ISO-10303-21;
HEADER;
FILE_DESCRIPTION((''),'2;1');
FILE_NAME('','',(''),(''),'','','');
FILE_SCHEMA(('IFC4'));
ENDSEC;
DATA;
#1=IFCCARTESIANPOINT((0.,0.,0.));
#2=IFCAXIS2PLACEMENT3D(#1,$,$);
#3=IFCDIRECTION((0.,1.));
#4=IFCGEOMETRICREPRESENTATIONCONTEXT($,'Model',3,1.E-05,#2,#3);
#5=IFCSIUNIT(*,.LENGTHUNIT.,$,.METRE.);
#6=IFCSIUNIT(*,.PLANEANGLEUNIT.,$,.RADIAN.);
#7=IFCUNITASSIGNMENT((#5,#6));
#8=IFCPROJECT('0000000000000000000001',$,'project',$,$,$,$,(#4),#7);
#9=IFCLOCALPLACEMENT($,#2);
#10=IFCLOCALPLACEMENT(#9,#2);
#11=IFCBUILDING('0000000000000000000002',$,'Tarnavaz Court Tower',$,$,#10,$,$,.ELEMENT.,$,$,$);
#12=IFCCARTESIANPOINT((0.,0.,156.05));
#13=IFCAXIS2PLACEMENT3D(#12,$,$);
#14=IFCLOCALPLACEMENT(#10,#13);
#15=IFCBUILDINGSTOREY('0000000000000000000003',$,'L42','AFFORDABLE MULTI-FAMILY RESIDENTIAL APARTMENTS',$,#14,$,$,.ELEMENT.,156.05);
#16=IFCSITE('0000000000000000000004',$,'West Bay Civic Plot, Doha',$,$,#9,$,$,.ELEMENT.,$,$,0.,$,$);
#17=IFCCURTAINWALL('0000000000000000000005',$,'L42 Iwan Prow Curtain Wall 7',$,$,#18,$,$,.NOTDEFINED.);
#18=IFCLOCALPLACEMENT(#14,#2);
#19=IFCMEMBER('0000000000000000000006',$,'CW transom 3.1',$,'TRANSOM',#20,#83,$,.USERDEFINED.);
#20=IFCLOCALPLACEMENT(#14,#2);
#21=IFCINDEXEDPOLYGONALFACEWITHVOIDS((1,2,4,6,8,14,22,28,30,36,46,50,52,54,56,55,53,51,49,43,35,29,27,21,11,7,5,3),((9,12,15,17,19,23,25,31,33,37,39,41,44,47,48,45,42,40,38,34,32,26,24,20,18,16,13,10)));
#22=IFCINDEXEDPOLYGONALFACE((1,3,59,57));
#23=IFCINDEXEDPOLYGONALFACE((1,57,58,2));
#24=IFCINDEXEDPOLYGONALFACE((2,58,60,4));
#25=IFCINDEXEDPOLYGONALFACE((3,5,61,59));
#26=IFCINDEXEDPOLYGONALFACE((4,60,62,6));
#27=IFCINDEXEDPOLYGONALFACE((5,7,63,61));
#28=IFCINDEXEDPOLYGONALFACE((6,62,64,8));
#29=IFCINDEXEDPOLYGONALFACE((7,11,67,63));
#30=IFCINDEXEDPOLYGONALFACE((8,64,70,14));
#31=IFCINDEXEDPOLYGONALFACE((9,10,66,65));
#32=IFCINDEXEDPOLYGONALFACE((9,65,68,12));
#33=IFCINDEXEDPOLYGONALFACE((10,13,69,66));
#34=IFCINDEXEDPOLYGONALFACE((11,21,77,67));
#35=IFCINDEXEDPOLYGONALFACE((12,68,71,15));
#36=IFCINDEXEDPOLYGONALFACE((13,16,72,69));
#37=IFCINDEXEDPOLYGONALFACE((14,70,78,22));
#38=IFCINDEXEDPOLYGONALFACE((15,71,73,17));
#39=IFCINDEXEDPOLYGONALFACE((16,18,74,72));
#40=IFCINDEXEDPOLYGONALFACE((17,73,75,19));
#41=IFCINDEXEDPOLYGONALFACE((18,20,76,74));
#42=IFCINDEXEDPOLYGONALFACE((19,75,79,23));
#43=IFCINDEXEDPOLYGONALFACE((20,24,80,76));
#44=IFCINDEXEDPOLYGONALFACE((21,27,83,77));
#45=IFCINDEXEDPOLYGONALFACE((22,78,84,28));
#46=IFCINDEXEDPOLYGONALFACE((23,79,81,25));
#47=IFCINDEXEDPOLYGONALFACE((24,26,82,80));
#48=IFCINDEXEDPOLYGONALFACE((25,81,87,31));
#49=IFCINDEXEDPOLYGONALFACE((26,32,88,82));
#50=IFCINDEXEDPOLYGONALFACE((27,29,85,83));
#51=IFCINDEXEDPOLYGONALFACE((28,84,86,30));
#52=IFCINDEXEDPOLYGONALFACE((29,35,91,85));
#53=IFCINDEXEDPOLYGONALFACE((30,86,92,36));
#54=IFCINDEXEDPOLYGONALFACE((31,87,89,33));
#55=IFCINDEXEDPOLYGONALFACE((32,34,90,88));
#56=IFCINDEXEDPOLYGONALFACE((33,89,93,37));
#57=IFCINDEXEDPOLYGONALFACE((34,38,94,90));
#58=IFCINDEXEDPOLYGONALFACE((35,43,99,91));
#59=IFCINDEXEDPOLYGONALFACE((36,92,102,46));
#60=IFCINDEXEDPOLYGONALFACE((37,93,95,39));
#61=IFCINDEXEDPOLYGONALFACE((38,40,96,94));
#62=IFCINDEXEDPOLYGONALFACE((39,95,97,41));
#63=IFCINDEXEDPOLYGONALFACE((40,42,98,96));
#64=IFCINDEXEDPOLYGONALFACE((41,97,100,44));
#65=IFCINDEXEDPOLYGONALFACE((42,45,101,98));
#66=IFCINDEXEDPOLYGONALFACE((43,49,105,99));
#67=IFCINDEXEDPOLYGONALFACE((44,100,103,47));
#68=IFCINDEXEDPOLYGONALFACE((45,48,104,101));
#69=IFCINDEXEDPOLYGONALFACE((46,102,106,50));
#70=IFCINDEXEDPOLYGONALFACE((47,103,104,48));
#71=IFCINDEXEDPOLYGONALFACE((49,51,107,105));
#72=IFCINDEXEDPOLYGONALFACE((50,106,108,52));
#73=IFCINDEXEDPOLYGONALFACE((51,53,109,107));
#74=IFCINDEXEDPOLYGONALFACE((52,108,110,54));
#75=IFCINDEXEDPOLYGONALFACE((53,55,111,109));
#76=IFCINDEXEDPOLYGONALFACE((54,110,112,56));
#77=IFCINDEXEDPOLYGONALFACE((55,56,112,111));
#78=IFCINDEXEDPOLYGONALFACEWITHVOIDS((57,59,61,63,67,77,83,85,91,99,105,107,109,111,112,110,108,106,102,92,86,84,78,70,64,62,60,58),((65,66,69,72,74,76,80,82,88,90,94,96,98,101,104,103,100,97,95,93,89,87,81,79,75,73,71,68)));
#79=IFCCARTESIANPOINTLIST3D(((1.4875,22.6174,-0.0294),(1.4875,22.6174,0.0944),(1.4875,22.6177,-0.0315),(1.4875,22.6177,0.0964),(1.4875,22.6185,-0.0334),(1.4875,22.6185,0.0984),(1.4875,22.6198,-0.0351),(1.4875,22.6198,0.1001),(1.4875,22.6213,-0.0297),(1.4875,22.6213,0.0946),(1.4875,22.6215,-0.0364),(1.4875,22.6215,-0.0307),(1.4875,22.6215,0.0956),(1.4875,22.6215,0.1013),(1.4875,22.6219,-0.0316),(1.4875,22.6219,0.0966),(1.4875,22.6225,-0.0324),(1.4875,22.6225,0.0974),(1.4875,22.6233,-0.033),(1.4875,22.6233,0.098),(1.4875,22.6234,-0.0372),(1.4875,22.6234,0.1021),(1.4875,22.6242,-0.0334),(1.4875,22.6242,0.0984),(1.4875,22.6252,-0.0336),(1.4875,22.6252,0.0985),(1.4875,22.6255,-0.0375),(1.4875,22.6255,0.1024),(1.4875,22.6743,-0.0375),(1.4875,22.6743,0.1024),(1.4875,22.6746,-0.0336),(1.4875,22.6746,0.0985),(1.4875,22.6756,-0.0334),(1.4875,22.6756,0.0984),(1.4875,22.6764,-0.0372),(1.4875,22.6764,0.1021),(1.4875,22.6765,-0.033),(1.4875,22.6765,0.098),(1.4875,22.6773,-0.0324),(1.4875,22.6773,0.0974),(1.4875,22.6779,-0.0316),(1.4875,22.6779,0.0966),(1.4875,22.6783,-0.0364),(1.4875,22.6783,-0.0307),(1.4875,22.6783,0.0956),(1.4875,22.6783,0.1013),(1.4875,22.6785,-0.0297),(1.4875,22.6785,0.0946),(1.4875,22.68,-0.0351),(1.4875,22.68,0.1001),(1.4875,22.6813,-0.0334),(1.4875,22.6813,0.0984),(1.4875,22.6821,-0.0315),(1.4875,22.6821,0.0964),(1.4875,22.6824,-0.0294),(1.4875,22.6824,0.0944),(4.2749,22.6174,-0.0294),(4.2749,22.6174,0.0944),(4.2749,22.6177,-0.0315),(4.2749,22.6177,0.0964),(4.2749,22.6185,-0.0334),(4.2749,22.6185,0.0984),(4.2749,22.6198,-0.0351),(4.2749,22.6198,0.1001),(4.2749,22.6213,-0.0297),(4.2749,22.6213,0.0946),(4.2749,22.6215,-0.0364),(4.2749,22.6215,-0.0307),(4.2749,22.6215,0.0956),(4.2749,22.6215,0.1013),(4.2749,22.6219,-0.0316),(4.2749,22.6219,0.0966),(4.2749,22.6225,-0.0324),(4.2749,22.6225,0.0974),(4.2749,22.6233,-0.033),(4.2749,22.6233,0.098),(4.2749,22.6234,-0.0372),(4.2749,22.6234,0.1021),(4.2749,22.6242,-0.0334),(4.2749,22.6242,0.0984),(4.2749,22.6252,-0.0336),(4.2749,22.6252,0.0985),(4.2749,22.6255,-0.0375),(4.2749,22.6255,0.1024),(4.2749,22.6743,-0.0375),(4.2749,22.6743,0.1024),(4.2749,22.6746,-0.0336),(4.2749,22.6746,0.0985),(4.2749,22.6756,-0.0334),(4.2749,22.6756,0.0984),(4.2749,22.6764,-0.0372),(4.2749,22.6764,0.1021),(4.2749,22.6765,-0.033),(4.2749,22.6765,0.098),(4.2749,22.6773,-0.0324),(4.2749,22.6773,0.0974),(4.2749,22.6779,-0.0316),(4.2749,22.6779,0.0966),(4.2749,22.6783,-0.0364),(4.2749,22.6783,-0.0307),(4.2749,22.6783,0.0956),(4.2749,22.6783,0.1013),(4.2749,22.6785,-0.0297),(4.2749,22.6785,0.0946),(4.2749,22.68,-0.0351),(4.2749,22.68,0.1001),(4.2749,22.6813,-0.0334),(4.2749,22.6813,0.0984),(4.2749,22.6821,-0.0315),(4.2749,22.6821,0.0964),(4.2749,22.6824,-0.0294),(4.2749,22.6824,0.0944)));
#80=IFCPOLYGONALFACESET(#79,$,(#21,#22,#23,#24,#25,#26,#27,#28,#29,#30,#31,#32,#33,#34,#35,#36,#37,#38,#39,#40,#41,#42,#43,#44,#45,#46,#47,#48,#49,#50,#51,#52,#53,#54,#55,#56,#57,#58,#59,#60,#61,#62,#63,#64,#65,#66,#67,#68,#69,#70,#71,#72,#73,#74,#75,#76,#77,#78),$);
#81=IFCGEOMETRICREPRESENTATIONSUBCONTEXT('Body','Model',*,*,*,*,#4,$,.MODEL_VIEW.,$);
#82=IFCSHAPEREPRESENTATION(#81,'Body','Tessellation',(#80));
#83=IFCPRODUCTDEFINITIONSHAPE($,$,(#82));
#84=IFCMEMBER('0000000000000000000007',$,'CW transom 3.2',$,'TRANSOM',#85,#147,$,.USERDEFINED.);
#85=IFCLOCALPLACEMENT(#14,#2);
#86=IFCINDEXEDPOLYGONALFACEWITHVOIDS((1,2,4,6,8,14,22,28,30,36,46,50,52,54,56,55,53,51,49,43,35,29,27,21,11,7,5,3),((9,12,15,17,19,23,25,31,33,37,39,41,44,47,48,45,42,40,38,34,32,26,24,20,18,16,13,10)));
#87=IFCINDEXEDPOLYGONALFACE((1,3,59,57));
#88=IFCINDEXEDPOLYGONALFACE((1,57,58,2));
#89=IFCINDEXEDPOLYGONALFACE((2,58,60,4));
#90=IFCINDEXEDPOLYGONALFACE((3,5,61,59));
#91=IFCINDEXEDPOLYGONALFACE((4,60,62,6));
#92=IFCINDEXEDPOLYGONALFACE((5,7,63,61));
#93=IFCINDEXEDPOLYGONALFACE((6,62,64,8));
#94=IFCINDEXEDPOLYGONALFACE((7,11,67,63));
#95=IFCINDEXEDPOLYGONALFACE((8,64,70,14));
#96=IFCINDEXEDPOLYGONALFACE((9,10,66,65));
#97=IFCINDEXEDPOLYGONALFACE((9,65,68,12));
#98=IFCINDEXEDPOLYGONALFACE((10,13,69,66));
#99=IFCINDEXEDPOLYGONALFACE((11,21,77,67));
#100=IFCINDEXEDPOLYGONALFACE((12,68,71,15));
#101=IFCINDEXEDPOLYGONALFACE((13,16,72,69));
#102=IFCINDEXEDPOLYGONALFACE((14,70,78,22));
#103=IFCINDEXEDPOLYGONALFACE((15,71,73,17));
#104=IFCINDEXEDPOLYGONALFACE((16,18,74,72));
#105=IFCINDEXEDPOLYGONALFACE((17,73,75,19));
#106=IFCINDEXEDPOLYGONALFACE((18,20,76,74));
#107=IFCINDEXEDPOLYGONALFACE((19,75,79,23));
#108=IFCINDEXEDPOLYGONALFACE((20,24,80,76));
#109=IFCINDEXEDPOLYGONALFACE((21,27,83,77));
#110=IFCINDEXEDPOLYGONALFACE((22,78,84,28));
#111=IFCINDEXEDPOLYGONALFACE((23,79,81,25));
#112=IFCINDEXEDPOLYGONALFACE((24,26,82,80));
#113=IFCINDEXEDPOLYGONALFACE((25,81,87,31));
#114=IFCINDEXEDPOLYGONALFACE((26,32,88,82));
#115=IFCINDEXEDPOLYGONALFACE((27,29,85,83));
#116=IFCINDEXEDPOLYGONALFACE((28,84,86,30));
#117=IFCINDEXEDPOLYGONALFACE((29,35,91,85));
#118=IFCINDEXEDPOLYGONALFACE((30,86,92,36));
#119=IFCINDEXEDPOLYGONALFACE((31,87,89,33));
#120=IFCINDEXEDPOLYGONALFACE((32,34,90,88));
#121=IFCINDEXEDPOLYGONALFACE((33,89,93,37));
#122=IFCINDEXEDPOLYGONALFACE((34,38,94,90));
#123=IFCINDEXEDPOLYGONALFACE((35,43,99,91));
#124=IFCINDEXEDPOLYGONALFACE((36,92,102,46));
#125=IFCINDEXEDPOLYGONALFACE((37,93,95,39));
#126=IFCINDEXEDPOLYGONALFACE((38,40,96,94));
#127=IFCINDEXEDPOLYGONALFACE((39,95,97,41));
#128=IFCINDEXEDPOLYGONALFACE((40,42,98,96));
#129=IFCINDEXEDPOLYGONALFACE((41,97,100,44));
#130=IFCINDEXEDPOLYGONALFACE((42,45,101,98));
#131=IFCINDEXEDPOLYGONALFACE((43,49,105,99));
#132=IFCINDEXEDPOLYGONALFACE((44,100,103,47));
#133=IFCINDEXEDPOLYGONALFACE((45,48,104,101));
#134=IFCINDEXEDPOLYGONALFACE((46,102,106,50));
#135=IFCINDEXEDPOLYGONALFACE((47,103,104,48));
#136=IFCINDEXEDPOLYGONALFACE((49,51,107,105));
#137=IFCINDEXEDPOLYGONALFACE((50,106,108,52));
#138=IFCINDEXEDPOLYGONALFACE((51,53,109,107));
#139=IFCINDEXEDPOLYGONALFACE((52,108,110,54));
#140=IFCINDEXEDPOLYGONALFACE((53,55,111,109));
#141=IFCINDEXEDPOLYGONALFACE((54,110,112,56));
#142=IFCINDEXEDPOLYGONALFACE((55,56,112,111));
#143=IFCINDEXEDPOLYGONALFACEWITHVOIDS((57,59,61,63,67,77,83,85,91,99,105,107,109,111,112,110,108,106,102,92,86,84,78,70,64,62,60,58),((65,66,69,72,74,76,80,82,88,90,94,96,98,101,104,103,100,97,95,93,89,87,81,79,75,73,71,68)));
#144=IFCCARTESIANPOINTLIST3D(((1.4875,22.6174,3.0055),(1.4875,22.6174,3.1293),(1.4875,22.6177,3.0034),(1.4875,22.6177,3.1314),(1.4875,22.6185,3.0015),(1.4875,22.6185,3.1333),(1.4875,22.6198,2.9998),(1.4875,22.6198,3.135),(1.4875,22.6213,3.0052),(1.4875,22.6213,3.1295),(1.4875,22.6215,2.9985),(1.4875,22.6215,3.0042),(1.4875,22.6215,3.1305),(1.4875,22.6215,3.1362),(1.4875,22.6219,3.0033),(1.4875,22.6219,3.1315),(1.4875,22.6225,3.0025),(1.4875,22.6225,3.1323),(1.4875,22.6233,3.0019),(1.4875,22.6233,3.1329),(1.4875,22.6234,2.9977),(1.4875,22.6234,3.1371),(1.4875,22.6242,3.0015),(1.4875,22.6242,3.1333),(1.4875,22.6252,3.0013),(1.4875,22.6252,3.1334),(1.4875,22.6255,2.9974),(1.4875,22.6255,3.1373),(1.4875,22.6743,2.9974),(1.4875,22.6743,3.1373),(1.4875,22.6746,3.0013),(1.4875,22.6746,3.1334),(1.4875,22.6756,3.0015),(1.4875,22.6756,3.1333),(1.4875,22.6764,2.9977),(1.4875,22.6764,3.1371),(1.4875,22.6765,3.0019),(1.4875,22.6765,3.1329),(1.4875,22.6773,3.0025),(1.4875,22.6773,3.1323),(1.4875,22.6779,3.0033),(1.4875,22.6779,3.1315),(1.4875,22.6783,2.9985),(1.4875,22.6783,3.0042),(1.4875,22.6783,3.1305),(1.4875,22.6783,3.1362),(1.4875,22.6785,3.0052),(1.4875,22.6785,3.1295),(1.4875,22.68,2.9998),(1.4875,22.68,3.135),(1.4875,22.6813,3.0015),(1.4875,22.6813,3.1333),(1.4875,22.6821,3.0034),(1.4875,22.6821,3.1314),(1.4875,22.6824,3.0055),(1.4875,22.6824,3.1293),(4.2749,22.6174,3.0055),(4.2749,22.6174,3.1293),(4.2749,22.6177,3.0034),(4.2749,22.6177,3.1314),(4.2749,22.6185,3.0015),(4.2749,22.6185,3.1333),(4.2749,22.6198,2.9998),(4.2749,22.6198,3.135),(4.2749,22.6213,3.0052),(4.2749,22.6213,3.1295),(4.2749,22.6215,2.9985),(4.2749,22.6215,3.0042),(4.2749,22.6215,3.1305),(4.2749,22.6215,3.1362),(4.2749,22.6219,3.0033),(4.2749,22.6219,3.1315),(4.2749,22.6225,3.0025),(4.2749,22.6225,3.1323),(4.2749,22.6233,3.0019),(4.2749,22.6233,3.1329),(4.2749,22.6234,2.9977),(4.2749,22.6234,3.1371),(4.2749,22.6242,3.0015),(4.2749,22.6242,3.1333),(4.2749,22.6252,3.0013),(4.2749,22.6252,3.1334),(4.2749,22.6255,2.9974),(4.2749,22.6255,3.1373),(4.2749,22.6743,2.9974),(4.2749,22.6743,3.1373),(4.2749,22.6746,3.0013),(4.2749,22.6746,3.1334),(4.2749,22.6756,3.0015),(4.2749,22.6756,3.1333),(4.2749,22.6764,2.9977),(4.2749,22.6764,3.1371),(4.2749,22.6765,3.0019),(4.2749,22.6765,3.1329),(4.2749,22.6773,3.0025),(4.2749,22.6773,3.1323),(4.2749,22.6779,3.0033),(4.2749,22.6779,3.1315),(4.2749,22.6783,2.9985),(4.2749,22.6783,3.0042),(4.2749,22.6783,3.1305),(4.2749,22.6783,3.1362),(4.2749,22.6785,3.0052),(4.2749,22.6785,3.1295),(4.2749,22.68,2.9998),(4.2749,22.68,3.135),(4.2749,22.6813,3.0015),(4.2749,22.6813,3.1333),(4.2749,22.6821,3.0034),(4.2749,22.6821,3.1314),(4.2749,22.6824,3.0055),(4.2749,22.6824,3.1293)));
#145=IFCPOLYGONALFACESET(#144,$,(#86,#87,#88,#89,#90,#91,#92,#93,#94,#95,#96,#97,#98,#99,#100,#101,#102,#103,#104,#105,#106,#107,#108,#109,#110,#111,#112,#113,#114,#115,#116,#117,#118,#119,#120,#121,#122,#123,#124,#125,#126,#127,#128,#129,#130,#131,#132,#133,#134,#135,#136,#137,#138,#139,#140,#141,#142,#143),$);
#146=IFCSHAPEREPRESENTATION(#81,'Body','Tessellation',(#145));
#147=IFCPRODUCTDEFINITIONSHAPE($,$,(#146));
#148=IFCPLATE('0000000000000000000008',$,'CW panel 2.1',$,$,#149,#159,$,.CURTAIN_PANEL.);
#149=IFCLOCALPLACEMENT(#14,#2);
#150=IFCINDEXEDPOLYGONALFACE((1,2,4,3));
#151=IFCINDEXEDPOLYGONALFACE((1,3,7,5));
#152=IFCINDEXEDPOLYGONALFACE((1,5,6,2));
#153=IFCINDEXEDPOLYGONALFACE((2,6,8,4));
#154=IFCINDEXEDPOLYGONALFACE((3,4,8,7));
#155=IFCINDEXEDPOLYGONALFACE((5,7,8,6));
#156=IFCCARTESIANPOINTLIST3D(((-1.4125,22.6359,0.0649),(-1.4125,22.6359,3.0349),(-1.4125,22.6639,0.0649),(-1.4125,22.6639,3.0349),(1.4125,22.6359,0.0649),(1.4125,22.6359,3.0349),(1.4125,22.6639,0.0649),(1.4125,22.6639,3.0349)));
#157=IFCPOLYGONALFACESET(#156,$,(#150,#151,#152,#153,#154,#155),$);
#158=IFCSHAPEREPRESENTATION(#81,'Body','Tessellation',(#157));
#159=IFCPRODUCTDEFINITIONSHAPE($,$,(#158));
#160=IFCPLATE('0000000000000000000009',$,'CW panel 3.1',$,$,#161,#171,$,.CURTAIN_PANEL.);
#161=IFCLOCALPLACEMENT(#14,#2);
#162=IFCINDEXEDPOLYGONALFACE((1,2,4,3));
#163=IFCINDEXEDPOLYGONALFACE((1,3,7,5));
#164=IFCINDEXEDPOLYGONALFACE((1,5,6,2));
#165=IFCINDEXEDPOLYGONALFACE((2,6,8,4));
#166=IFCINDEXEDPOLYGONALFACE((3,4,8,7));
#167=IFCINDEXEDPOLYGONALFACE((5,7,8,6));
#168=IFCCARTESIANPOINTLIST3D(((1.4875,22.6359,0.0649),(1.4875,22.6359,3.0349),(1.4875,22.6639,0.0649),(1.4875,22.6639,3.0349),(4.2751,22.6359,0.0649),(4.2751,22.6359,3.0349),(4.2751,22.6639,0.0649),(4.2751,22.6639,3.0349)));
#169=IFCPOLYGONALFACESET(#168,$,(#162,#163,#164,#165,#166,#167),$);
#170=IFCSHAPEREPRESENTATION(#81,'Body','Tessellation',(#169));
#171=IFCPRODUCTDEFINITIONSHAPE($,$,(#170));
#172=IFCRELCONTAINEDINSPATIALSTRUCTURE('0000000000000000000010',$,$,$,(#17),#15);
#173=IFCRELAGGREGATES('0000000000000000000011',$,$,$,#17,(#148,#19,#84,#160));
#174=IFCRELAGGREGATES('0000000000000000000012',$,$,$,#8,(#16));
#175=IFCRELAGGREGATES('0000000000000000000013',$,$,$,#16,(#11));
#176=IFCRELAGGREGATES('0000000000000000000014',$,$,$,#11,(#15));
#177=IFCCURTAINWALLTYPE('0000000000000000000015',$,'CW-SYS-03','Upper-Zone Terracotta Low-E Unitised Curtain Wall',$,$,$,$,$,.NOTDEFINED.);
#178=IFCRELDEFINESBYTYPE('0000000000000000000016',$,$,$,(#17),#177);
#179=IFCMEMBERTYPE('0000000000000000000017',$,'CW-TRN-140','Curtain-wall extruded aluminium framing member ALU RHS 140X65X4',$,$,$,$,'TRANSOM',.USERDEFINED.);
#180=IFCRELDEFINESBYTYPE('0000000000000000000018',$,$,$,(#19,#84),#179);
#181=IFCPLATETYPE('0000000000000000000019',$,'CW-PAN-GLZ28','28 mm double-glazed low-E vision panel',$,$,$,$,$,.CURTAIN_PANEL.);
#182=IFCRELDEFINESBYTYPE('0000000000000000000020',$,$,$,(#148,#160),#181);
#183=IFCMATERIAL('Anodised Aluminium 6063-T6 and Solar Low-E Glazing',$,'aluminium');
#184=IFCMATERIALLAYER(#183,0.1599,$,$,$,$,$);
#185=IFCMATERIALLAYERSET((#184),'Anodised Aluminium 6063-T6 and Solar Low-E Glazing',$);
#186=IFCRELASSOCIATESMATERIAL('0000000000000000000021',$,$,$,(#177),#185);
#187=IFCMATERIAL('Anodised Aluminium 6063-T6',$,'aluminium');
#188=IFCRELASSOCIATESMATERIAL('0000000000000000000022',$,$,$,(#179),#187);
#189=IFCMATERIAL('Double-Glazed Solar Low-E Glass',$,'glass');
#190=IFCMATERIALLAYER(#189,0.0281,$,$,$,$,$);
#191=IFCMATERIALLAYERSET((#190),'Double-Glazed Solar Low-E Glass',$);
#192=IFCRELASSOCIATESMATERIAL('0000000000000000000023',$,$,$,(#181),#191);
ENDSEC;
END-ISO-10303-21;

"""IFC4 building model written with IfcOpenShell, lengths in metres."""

from ifc_helpers import new_model, si_unit, direction, frame, origin, origin_2d, place, context, subcontext, project, spatial, rectangle, hollow_rectangle, extrude, material, layer, layer_set, material_profile, profile_set, type_object, element, aggregate, save


model = new_model("IFC4")

# Units and contexts
model_context = context("Model", 3, precision=1e-05, world=origin(), true_north=direction((0.0, 1.0)))
body_context = subcontext(model_context, "Body", "Model", "MODEL_VIEW")
ifc_project = project(units=[si_unit("LENGTHUNIT", "METRE"), si_unit("PLANEANGLEUNIT", "RADIAN")], contexts=[model_context])

# Site, building, storey
site_placement = place(None, origin())
site = spatial("IfcSite", under=ifc_project, at=site_placement, Name="West Bay Civic Plot, Doha", CompositionType="ELEMENT", RefElevation=0.0)
building_placement = place(site_placement, origin())
building = spatial("IfcBuilding", under=site, at=building_placement, Name="Tarnavaz Court Tower", CompositionType="ELEMENT")
storey_placement = place(building_placement, frame((0.0, 0.0, 156.05)))
storey = spatial("IfcBuildingStorey", under=building, at=storey_placement, Name="L42", Description="AFFORDABLE MULTI-FAMILY RESIDENTIAL APARTMENTS", CompositionType="ELEMENT", Elevation=156.05)

# Curtain wall, members, plates
ifc_material_1 = material(Name="Anodised Aluminium 6063-T6 and Solar Low-E Glazing", Category="aluminium")
ifc_layer_1 = layer(ifc_material_1, 0.1599)
ifc_layer_set_1 = layer_set([ifc_layer_1], Name="Anodised Aluminium 6063-T6 and Solar Low-E Glazing")
curtain_wall_type = type_object("IfcCurtainWallType", Name="CW-SYS-03", Description="Upper-Zone Terracotta Low-E Unitised Curtain Wall", PredefinedType="NOTDEFINED", material=ifc_layer_set_1)
curtain_wall_placement = place(storey_placement, origin())
curtain_wall = element("IfcCurtainWall", 1, at=curtain_wall_placement, inside=storey, type_object=curtain_wall_type, Name="L42 Iwan Prow Curtain Wall 7", PredefinedType="NOTDEFINED")
ifc_material_2 = material(Name="Anodised Aluminium 6063-T6", Category="aluminium")
ifc_material_profile_1 = material_profile(ifc_material_2, hollow_rectangle(XDim=0.0649, YDim=0.1399, WallThickness=0.0039, InnerFilletRadius=0.0039, OuterFilletRadius=0.0081, at=origin_2d()), Name="ALU RHS 140X65X4")
ifc_profile_set_1 = profile_set([ifc_material_profile_1], Name="Anodised Aluminium 6063-T6")
member_type_1 = type_object("IfcMemberType", Name="CW-TRN-140", Description="Curtain-wall extruded aluminium framing member ALU RHS 140X65X4", ElementType="TRANSOM", PredefinedType="USERDEFINED", material=ifc_profile_set_1)
member_1_placement = place(storey_placement, frame((1.4875, 22.6499, 0.0325), z_axis=(1.0, 0.0, 0.0), x_axis=(0.0, 1.0, 0.0)))
member_1 = element("IfcMember", 2, at=member_1_placement, type_object=member_type_1, Name="CW transom 3.1", ObjectType="TRANSOM", PredefinedType="USERDEFINED", context=body_context, shape_type="SweptSolid", body=[
    extrude(hollow_rectangle(XDim=0.0649, YDim=0.1399, WallThickness=0.0039, InnerFilletRadius=0.0039, OuterFilletRadius=0.0081, at=origin_2d()), origin(), (0.0, 0.0, 1.0), 2.7874),
])
member_2_placement = place(storey_placement, frame((1.4875, 22.6499, 3.0674), z_axis=(1.0, 0.0, 0.0), x_axis=(0.0, 1.0, 0.0)))
member_2 = element("IfcMember", 3, at=member_2_placement, type_object=member_type_1, Name="CW transom 3.2", ObjectType="TRANSOM", PredefinedType="USERDEFINED", context=body_context, shape_type="SweptSolid", body=[
    extrude(hollow_rectangle(XDim=0.0649, YDim=0.1399, WallThickness=0.0039, InnerFilletRadius=0.0039, OuterFilletRadius=0.0081, at=origin_2d()), origin(), (0.0, 0.0, 1.0), 2.7874),
])
ifc_material_3 = material(Name="Double-Glazed Solar Low-E Glass", Category="glass")
ifc_layer_2 = layer(ifc_material_3, 0.0281)
ifc_layer_set_2 = layer_set([ifc_layer_2], Name="Double-Glazed Solar Low-E Glass")
plate_type = type_object("IfcPlateType", Name="CW-PAN-GLZ28", Description="28 mm double-glazed low-E vision panel", PredefinedType="CURTAIN_PANEL", material=ifc_layer_set_2)
plate_1_placement = place(storey_placement, frame((0.0, 22.6499, 0.0649), z_axis=(0.0, 0.0, 1.0), x_axis=(1.0, 0.0, 0.0)))
plate_1 = element("IfcPlate", 4, at=plate_1_placement, type_object=plate_type, Name="CW panel 2.1", PredefinedType="CURTAIN_PANEL", context=body_context, shape_type="SweptSolid", body=[
    extrude(rectangle(XDim=2.825, YDim=0.0281, at=origin_2d()), origin(), (0.0, 0.0, 1.0), 2.97),
])
plate_2_placement = place(storey_placement, frame((2.8813, 22.6499, 0.0649), z_axis=(0.0, 0.0, 1.0), x_axis=(1.0, 0.0, 0.0)))
plate_2 = element("IfcPlate", 5, at=plate_2_placement, type_object=plate_type, Name="CW panel 3.1", PredefinedType="CURTAIN_PANEL", context=body_context, shape_type="SweptSolid", body=[
    extrude(rectangle(XDim=2.7876, YDim=0.0281, at=origin_2d()), origin(), (0.0, 0.0, 1.0), 2.97),
])
aggregate(curtain_wall, [plate_1, member_1, member_2, plate_2])

save(model, "model.ifc")
